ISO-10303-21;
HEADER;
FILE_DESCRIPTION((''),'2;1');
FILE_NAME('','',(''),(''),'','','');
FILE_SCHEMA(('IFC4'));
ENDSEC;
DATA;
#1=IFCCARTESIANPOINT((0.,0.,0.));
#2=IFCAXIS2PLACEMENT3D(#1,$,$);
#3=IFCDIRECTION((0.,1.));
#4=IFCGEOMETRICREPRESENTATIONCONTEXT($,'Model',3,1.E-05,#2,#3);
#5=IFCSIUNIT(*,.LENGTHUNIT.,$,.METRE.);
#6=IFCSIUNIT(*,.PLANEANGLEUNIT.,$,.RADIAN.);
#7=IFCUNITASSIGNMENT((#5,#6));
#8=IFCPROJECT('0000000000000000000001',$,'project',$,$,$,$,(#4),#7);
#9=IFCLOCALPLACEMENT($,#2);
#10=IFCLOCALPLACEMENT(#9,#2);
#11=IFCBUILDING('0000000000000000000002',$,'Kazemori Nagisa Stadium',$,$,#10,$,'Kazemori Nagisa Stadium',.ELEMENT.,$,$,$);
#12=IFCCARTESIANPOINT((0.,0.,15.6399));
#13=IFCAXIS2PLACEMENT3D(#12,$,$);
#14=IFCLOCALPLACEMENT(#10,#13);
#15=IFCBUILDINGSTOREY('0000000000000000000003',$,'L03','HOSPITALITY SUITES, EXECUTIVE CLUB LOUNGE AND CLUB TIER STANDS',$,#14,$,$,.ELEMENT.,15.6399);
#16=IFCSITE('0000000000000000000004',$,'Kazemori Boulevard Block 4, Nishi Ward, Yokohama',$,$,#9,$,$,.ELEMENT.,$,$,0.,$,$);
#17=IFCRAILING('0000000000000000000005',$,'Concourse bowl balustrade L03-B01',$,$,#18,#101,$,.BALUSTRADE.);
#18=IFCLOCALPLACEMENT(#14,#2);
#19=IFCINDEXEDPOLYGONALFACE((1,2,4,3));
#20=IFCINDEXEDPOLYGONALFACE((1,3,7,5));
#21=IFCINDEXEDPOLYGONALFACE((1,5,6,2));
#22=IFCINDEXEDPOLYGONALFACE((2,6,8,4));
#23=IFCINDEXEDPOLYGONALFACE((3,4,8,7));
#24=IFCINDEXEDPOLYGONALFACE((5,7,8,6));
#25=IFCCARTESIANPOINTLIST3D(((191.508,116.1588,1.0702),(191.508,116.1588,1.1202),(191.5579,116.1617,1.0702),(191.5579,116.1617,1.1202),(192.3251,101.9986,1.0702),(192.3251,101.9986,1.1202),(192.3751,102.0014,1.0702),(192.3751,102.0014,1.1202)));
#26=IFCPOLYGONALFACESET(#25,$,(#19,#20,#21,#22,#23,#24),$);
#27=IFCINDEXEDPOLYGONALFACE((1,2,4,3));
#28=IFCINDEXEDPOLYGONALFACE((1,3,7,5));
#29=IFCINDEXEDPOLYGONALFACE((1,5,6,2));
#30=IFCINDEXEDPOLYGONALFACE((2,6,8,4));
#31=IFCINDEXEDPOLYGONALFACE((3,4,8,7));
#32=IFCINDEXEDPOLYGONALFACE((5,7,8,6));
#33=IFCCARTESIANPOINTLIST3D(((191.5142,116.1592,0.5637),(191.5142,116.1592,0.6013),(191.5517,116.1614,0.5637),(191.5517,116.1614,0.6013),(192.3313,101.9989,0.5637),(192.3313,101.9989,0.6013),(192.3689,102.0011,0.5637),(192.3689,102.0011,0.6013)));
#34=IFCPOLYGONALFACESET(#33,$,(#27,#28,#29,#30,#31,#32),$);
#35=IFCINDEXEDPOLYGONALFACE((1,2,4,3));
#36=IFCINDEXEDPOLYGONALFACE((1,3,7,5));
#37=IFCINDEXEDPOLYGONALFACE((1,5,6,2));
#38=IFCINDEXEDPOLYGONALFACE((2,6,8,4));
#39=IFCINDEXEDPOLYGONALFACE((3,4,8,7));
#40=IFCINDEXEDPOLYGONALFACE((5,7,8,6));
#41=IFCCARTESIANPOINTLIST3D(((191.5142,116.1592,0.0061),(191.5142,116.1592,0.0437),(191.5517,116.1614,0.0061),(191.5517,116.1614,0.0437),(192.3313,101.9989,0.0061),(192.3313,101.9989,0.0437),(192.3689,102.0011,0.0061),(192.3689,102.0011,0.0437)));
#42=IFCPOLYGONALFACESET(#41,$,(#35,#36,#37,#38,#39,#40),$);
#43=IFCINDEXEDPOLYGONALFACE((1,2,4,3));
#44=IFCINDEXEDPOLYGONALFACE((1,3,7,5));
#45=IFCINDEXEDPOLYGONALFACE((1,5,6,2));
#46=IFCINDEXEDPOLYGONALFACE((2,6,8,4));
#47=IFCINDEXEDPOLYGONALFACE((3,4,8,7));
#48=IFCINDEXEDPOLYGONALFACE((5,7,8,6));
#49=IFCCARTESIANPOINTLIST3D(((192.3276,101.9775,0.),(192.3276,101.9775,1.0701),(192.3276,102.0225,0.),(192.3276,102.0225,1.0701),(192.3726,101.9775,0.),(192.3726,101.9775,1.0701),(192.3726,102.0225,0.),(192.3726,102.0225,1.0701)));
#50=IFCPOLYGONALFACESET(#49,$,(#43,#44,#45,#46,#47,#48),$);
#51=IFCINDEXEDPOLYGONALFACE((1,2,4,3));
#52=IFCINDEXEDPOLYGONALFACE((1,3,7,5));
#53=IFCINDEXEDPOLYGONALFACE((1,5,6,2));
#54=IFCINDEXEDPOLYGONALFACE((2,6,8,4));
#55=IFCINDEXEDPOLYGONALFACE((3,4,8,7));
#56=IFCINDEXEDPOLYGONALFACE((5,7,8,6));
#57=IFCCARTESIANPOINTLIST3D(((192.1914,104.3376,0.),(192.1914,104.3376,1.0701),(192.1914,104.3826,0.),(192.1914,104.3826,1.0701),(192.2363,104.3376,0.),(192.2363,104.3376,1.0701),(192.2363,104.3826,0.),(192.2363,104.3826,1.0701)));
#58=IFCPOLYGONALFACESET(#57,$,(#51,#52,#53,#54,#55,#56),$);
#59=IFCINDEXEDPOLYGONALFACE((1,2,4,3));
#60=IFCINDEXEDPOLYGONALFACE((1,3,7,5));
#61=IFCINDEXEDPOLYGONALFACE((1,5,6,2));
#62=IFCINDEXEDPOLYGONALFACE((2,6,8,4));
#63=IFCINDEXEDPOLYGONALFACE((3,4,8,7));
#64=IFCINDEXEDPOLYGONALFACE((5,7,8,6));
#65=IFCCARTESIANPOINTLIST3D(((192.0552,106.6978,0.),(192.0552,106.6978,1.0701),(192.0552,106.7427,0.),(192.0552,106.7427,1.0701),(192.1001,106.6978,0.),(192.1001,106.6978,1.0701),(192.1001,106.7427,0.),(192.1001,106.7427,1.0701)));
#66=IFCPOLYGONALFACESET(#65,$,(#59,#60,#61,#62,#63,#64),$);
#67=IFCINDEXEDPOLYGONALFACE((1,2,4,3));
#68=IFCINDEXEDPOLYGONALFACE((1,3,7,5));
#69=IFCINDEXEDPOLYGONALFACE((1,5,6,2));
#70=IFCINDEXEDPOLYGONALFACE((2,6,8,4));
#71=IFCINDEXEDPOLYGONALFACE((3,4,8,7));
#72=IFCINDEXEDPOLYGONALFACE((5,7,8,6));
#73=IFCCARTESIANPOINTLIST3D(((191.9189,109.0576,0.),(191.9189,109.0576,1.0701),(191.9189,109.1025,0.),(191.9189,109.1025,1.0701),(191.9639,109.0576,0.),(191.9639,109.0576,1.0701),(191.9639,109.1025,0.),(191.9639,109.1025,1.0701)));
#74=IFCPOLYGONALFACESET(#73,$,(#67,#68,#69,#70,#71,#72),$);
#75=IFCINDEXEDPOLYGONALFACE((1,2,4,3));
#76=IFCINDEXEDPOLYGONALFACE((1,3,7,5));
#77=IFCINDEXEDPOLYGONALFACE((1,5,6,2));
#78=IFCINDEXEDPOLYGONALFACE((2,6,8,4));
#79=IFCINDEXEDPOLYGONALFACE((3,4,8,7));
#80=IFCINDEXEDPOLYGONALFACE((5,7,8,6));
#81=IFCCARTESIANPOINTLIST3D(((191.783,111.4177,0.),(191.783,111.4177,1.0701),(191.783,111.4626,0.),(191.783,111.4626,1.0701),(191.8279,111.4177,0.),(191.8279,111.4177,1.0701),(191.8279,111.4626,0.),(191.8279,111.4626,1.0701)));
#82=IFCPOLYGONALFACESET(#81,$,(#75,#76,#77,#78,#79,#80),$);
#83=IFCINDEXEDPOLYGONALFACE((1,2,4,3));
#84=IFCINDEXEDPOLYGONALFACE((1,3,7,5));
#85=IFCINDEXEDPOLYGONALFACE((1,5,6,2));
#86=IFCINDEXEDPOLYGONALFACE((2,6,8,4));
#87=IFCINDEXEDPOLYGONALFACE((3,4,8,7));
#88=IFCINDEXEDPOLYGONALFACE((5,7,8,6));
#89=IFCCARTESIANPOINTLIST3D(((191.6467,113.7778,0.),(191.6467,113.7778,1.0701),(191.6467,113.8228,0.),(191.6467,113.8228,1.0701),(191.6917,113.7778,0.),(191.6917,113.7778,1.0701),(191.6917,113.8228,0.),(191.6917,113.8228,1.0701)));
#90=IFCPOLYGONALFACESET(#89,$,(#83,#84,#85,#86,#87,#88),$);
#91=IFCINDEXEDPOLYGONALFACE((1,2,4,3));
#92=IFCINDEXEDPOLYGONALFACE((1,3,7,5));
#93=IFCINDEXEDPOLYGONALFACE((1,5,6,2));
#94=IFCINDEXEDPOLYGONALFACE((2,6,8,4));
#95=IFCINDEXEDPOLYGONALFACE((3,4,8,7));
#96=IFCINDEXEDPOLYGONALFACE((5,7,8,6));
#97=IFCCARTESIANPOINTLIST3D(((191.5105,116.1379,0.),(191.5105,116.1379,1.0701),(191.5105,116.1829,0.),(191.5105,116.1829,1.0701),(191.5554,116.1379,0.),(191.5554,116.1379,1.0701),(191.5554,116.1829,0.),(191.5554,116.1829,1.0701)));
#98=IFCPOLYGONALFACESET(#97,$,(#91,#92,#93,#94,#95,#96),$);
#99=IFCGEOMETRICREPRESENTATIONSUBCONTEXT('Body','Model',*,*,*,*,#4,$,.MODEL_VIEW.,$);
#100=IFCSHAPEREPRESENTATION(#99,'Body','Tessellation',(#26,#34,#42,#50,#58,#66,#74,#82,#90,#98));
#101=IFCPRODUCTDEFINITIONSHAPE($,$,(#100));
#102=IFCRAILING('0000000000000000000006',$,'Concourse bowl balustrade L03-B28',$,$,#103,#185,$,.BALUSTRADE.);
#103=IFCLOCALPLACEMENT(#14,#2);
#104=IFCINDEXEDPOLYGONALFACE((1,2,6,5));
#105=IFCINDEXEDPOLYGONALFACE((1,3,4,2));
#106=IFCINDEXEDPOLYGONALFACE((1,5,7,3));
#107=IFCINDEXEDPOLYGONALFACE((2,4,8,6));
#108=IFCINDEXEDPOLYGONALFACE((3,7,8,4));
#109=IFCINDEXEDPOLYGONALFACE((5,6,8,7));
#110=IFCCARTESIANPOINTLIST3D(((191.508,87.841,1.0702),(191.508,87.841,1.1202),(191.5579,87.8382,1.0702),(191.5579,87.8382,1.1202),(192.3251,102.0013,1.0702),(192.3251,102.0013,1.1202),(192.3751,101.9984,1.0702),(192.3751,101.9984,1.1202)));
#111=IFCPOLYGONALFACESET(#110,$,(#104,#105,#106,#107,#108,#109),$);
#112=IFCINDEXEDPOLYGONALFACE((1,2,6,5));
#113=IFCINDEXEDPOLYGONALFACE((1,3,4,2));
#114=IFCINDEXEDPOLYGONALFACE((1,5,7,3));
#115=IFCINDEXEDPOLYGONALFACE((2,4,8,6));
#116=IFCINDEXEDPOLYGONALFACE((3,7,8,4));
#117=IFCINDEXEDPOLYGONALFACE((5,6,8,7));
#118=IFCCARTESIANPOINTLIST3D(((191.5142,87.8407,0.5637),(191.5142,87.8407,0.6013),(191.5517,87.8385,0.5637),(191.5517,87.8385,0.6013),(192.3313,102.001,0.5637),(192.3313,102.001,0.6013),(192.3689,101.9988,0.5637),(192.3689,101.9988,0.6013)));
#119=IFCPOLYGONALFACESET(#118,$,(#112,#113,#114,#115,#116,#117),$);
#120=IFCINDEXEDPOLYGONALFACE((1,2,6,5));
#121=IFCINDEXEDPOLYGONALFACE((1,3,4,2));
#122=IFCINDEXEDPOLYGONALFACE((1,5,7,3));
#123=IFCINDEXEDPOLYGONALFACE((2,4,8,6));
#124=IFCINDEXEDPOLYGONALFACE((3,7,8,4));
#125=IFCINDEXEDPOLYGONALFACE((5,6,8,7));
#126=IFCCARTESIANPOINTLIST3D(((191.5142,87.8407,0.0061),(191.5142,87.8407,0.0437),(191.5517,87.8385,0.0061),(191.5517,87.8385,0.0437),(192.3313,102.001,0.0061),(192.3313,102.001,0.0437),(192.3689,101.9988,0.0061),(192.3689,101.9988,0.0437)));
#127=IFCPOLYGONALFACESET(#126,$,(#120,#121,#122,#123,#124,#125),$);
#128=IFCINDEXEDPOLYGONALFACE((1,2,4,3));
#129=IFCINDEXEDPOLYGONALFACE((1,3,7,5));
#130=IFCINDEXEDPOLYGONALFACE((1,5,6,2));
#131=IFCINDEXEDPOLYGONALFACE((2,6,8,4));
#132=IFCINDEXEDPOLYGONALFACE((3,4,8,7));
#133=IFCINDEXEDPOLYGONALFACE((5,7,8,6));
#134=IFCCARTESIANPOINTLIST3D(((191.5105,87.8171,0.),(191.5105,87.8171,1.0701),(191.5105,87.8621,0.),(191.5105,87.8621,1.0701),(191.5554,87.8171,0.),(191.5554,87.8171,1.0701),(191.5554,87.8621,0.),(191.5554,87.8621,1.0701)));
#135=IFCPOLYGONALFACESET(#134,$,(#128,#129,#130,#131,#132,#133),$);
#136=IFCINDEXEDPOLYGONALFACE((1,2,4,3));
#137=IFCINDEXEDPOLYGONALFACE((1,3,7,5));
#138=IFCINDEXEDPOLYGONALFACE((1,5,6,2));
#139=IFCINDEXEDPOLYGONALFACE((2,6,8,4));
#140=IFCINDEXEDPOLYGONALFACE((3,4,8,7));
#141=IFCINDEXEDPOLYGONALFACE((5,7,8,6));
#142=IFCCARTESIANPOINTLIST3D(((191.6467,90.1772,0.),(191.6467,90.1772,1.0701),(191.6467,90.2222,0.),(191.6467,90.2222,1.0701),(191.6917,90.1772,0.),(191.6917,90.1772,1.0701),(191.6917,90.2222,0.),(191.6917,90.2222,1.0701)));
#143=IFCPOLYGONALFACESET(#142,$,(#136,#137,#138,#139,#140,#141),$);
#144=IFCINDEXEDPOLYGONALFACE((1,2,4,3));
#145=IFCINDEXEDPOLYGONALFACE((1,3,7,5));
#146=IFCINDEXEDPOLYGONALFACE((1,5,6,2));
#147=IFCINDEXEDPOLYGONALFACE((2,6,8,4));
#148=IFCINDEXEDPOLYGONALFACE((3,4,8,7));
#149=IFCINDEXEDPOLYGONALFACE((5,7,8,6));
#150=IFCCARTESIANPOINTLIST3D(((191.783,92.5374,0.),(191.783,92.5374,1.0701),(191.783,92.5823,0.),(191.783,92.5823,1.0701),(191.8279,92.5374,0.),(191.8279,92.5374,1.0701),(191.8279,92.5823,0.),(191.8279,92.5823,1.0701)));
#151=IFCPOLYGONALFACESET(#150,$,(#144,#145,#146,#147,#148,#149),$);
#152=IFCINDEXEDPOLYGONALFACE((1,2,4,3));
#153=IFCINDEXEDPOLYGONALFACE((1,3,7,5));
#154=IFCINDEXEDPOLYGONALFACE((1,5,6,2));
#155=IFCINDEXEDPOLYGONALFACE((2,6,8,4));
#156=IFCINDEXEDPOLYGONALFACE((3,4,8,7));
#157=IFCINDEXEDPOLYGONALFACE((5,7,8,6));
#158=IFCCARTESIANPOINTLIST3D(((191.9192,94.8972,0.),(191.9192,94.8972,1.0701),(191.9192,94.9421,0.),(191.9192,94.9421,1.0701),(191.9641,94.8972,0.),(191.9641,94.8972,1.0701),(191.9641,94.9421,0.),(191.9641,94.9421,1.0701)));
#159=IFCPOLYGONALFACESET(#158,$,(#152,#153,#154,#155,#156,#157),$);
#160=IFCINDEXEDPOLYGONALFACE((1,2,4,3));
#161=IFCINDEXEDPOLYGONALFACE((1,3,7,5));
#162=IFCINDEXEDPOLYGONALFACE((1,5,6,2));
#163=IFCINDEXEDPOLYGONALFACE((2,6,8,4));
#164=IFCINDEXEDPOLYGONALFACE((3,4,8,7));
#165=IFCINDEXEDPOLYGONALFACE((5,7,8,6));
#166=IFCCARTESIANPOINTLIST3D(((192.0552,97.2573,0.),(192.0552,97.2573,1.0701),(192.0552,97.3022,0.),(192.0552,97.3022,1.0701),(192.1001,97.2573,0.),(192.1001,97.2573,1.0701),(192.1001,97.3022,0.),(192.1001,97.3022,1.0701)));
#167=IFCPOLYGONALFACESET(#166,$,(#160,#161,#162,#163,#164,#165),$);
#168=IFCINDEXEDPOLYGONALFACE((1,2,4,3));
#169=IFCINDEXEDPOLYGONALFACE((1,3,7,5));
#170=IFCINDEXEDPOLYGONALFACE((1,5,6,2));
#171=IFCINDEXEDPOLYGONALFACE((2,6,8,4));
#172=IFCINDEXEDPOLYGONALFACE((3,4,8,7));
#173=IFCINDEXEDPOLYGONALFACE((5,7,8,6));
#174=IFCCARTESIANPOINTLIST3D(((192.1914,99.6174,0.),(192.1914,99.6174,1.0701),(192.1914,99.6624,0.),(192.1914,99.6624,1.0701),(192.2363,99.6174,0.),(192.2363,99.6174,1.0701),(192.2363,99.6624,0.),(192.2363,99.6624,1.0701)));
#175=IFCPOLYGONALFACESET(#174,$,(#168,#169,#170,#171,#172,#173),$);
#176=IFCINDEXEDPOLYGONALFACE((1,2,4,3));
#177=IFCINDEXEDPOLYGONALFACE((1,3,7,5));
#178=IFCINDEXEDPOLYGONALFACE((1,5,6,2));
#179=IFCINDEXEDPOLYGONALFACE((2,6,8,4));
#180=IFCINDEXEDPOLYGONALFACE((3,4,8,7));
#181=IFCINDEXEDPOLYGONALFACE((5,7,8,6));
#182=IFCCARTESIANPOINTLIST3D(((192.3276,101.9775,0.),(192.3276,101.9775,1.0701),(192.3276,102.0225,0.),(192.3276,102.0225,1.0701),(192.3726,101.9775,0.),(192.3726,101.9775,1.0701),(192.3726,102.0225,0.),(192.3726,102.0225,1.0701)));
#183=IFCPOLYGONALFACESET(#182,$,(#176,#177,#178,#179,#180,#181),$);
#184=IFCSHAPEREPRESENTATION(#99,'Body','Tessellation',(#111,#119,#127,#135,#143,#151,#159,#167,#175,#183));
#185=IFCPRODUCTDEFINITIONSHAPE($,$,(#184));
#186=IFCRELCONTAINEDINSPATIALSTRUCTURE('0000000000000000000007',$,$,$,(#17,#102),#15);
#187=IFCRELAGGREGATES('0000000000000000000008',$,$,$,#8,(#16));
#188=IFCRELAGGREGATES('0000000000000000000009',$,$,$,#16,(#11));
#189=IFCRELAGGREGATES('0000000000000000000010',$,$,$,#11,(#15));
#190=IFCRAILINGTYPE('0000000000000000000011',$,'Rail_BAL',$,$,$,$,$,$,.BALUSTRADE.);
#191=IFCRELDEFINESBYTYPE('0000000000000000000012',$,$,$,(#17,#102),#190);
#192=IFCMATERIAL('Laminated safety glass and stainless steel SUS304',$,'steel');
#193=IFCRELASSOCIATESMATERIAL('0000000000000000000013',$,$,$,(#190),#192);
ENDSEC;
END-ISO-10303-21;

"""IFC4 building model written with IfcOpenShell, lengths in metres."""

from ifc_helpers import new_model, si_unit, direction, frame, origin, origin_2d, place, context, subcontext, project, spatial, rectangle, extrude, material, type_object, element, save


model = new_model("IFC4")

# Units and contexts
model_context = context("Model", 3, precision=1e-05, world=origin(), true_north=direction((0.0, 1.0)))
body_context = subcontext(model_context, "Body", "Model", "MODEL_VIEW")
ifc_project = project(units=[si_unit("LENGTHUNIT", "METRE"), si_unit("PLANEANGLEUNIT", "RADIAN")], contexts=[model_context])

# Site, building, storey
site_placement = place(None, origin())
site = spatial("IfcSite", under=ifc_project, at=site_placement, Name="Kazemori Boulevard Block 4, Nishi Ward, Yokohama", CompositionType="ELEMENT", RefElevation=0.0)
building_placement = place(site_placement, origin())
building = spatial("IfcBuilding", under=site, at=building_placement, Name="Kazemori Nagisa Stadium", LongName="Kazemori Nagisa Stadium", CompositionType="ELEMENT")
storey_placement = place(building_placement, frame((0.0, 0.0, 15.6399)))
storey = spatial("IfcBuildingStorey", under=building, at=storey_placement, Name="L03", Description="HOSPITALITY SUITES, EXECUTIVE CLUB LOUNGE AND CLUB TIER STANDS", CompositionType="ELEMENT", Elevation=15.6399)

# Railings
ifc_material_1 = material(Name="Laminated safety glass and stainless steel SUS304", Category="steel")
railing_type = type_object("IfcRailingType", Name="Rail_BAL", PredefinedType="BALUSTRADE", material=ifc_material_1)
railing_1_placement = place(storey_placement, frame((192.3501, 102.0, 0.0)))
element("IfcRailing", 1, at=railing_1_placement, inside=storey, type_object=railing_type, Name="Concourse bowl balustrade L03-B01", PredefinedType="BALUSTRADE", context=body_context, shape_type="SweptSolid", body=[
    extrude(rectangle(XDim=0.05, YDim=0.05, at=origin_2d()), frame((0.0, 0.0, 1.0952), z_axis=(-0.05761, 0.998339, 0.0), x_axis=(-0.998339, -0.05761, 0.0)), (0.0, 0.0, 1.0), 14.1838),
    extrude(rectangle(XDim=0.0376, YDim=0.0376, at=origin_2d()), frame((0.0, 0.0, 0.5825), z_axis=(-0.05761, 0.998339, 0.0), x_axis=(-0.998339, -0.05761, 0.0)), (0.0, 0.0, 1.0), 14.1838),
    extrude(rectangle(XDim=0.0376, YDim=0.0376, at=origin_2d()), frame((0.0, 0.0, 0.0249), z_axis=(-0.05761, 0.998339, 0.0), x_axis=(-0.998339, -0.05761, 0.0)), (0.0, 0.0, 1.0), 14.1838),
    extrude(rectangle(XDim=0.0449, YDim=0.0449, at=origin_2d()), origin(), (0.0, 0.0, 1.0), 1.0701),
    extrude(rectangle(XDim=0.0449, YDim=0.0449, at=origin_2d()), frame((-0.1362, 2.3601, 0.0)), (0.0, 0.0, 1.0), 1.0701),
    extrude(rectangle(XDim=0.0449, YDim=0.0449, at=origin_2d()), frame((-0.2725, 4.7202, 0.0)), (0.0, 0.0, 1.0), 1.0701),
    extrude(rectangle(XDim=0.0449, YDim=0.0449, at=origin_2d()), frame((-0.4087, 7.0801, 0.0)), (0.0, 0.0, 1.0), 1.0701),
    extrude(rectangle(XDim=0.0449, YDim=0.0449, at=origin_2d()), frame((-0.5447, 9.4402, 0.0)), (0.0, 0.0, 1.0), 1.0701),
    extrude(rectangle(XDim=0.0449, YDim=0.0449, at=origin_2d()), frame((-0.6809, 11.8003, 0.0)), (0.0, 0.0, 1.0), 1.0701),
    extrude(rectangle(XDim=0.0449, YDim=0.0449, at=origin_2d()), frame((-0.8171, 14.1604, 0.0)), (0.0, 0.0, 1.0), 1.0701),
])
railing_2_placement = place(storey_placement, frame((191.533, 87.8396, 0.0)))
element("IfcRailing", 2, at=railing_2_placement, inside=storey, type_object=railing_type, Name="Concourse bowl balustrade L03-B28", PredefinedType="BALUSTRADE", context=body_context, shape_type="SweptSolid", body=[
    extrude(rectangle(XDim=0.05, YDim=0.05, at=origin_2d()), frame((0.0, 0.0, 1.0952), z_axis=(0.05761, 0.998339, 0.0), x_axis=(-0.998339, 0.05761, 0.0)), (0.0, 0.0, 1.0), 14.1838),
    extrude(rectangle(XDim=0.0376, YDim=0.0376, at=origin_2d()), frame((0.0, 0.0, 0.5825), z_axis=(0.05761, 0.998339, 0.0), x_axis=(-0.998339, 0.05761, 0.0)), (0.0, 0.0, 1.0), 14.1838),
    extrude(rectangle(XDim=0.0376, YDim=0.0376, at=origin_2d()), frame((0.0, 0.0, 0.0249), z_axis=(0.05761, 0.998339, 0.0), x_axis=(-0.998339, 0.05761, 0.0)), (0.0, 0.0, 1.0), 14.1838),
    extrude(rectangle(XDim=0.0449, YDim=0.0449, at=origin_2d()), origin(), (0.0, 0.0, 1.0), 1.0701),
    extrude(rectangle(XDim=0.0449, YDim=0.0449, at=origin_2d()), frame((0.1362, 2.3601, 0.0)), (0.0, 0.0, 1.0), 1.0701),
    extrude(rectangle(XDim=0.0449, YDim=0.0449, at=origin_2d()), frame((0.2725, 4.7202, 0.0)), (0.0, 0.0, 1.0), 1.0701),
    extrude(rectangle(XDim=0.0449, YDim=0.0449, at=origin_2d()), frame((0.4087, 7.0801, 0.0)), (0.0, 0.0, 1.0), 1.0701),
    extrude(rectangle(XDim=0.0449, YDim=0.0449, at=origin_2d()), frame((0.5447, 9.4402, 0.0)), (0.0, 0.0, 1.0), 1.0701),
    extrude(rectangle(XDim=0.0449, YDim=0.0449, at=origin_2d()), frame((0.6809, 11.8003, 0.0)), (0.0, 0.0, 1.0), 1.0701),
    extrude(rectangle(XDim=0.0449, YDim=0.0449, at=origin_2d()), frame((0.8171, 14.1604, 0.0)), (0.0, 0.0, 1.0), 1.0701),
])

save(model, "model.ifc")
